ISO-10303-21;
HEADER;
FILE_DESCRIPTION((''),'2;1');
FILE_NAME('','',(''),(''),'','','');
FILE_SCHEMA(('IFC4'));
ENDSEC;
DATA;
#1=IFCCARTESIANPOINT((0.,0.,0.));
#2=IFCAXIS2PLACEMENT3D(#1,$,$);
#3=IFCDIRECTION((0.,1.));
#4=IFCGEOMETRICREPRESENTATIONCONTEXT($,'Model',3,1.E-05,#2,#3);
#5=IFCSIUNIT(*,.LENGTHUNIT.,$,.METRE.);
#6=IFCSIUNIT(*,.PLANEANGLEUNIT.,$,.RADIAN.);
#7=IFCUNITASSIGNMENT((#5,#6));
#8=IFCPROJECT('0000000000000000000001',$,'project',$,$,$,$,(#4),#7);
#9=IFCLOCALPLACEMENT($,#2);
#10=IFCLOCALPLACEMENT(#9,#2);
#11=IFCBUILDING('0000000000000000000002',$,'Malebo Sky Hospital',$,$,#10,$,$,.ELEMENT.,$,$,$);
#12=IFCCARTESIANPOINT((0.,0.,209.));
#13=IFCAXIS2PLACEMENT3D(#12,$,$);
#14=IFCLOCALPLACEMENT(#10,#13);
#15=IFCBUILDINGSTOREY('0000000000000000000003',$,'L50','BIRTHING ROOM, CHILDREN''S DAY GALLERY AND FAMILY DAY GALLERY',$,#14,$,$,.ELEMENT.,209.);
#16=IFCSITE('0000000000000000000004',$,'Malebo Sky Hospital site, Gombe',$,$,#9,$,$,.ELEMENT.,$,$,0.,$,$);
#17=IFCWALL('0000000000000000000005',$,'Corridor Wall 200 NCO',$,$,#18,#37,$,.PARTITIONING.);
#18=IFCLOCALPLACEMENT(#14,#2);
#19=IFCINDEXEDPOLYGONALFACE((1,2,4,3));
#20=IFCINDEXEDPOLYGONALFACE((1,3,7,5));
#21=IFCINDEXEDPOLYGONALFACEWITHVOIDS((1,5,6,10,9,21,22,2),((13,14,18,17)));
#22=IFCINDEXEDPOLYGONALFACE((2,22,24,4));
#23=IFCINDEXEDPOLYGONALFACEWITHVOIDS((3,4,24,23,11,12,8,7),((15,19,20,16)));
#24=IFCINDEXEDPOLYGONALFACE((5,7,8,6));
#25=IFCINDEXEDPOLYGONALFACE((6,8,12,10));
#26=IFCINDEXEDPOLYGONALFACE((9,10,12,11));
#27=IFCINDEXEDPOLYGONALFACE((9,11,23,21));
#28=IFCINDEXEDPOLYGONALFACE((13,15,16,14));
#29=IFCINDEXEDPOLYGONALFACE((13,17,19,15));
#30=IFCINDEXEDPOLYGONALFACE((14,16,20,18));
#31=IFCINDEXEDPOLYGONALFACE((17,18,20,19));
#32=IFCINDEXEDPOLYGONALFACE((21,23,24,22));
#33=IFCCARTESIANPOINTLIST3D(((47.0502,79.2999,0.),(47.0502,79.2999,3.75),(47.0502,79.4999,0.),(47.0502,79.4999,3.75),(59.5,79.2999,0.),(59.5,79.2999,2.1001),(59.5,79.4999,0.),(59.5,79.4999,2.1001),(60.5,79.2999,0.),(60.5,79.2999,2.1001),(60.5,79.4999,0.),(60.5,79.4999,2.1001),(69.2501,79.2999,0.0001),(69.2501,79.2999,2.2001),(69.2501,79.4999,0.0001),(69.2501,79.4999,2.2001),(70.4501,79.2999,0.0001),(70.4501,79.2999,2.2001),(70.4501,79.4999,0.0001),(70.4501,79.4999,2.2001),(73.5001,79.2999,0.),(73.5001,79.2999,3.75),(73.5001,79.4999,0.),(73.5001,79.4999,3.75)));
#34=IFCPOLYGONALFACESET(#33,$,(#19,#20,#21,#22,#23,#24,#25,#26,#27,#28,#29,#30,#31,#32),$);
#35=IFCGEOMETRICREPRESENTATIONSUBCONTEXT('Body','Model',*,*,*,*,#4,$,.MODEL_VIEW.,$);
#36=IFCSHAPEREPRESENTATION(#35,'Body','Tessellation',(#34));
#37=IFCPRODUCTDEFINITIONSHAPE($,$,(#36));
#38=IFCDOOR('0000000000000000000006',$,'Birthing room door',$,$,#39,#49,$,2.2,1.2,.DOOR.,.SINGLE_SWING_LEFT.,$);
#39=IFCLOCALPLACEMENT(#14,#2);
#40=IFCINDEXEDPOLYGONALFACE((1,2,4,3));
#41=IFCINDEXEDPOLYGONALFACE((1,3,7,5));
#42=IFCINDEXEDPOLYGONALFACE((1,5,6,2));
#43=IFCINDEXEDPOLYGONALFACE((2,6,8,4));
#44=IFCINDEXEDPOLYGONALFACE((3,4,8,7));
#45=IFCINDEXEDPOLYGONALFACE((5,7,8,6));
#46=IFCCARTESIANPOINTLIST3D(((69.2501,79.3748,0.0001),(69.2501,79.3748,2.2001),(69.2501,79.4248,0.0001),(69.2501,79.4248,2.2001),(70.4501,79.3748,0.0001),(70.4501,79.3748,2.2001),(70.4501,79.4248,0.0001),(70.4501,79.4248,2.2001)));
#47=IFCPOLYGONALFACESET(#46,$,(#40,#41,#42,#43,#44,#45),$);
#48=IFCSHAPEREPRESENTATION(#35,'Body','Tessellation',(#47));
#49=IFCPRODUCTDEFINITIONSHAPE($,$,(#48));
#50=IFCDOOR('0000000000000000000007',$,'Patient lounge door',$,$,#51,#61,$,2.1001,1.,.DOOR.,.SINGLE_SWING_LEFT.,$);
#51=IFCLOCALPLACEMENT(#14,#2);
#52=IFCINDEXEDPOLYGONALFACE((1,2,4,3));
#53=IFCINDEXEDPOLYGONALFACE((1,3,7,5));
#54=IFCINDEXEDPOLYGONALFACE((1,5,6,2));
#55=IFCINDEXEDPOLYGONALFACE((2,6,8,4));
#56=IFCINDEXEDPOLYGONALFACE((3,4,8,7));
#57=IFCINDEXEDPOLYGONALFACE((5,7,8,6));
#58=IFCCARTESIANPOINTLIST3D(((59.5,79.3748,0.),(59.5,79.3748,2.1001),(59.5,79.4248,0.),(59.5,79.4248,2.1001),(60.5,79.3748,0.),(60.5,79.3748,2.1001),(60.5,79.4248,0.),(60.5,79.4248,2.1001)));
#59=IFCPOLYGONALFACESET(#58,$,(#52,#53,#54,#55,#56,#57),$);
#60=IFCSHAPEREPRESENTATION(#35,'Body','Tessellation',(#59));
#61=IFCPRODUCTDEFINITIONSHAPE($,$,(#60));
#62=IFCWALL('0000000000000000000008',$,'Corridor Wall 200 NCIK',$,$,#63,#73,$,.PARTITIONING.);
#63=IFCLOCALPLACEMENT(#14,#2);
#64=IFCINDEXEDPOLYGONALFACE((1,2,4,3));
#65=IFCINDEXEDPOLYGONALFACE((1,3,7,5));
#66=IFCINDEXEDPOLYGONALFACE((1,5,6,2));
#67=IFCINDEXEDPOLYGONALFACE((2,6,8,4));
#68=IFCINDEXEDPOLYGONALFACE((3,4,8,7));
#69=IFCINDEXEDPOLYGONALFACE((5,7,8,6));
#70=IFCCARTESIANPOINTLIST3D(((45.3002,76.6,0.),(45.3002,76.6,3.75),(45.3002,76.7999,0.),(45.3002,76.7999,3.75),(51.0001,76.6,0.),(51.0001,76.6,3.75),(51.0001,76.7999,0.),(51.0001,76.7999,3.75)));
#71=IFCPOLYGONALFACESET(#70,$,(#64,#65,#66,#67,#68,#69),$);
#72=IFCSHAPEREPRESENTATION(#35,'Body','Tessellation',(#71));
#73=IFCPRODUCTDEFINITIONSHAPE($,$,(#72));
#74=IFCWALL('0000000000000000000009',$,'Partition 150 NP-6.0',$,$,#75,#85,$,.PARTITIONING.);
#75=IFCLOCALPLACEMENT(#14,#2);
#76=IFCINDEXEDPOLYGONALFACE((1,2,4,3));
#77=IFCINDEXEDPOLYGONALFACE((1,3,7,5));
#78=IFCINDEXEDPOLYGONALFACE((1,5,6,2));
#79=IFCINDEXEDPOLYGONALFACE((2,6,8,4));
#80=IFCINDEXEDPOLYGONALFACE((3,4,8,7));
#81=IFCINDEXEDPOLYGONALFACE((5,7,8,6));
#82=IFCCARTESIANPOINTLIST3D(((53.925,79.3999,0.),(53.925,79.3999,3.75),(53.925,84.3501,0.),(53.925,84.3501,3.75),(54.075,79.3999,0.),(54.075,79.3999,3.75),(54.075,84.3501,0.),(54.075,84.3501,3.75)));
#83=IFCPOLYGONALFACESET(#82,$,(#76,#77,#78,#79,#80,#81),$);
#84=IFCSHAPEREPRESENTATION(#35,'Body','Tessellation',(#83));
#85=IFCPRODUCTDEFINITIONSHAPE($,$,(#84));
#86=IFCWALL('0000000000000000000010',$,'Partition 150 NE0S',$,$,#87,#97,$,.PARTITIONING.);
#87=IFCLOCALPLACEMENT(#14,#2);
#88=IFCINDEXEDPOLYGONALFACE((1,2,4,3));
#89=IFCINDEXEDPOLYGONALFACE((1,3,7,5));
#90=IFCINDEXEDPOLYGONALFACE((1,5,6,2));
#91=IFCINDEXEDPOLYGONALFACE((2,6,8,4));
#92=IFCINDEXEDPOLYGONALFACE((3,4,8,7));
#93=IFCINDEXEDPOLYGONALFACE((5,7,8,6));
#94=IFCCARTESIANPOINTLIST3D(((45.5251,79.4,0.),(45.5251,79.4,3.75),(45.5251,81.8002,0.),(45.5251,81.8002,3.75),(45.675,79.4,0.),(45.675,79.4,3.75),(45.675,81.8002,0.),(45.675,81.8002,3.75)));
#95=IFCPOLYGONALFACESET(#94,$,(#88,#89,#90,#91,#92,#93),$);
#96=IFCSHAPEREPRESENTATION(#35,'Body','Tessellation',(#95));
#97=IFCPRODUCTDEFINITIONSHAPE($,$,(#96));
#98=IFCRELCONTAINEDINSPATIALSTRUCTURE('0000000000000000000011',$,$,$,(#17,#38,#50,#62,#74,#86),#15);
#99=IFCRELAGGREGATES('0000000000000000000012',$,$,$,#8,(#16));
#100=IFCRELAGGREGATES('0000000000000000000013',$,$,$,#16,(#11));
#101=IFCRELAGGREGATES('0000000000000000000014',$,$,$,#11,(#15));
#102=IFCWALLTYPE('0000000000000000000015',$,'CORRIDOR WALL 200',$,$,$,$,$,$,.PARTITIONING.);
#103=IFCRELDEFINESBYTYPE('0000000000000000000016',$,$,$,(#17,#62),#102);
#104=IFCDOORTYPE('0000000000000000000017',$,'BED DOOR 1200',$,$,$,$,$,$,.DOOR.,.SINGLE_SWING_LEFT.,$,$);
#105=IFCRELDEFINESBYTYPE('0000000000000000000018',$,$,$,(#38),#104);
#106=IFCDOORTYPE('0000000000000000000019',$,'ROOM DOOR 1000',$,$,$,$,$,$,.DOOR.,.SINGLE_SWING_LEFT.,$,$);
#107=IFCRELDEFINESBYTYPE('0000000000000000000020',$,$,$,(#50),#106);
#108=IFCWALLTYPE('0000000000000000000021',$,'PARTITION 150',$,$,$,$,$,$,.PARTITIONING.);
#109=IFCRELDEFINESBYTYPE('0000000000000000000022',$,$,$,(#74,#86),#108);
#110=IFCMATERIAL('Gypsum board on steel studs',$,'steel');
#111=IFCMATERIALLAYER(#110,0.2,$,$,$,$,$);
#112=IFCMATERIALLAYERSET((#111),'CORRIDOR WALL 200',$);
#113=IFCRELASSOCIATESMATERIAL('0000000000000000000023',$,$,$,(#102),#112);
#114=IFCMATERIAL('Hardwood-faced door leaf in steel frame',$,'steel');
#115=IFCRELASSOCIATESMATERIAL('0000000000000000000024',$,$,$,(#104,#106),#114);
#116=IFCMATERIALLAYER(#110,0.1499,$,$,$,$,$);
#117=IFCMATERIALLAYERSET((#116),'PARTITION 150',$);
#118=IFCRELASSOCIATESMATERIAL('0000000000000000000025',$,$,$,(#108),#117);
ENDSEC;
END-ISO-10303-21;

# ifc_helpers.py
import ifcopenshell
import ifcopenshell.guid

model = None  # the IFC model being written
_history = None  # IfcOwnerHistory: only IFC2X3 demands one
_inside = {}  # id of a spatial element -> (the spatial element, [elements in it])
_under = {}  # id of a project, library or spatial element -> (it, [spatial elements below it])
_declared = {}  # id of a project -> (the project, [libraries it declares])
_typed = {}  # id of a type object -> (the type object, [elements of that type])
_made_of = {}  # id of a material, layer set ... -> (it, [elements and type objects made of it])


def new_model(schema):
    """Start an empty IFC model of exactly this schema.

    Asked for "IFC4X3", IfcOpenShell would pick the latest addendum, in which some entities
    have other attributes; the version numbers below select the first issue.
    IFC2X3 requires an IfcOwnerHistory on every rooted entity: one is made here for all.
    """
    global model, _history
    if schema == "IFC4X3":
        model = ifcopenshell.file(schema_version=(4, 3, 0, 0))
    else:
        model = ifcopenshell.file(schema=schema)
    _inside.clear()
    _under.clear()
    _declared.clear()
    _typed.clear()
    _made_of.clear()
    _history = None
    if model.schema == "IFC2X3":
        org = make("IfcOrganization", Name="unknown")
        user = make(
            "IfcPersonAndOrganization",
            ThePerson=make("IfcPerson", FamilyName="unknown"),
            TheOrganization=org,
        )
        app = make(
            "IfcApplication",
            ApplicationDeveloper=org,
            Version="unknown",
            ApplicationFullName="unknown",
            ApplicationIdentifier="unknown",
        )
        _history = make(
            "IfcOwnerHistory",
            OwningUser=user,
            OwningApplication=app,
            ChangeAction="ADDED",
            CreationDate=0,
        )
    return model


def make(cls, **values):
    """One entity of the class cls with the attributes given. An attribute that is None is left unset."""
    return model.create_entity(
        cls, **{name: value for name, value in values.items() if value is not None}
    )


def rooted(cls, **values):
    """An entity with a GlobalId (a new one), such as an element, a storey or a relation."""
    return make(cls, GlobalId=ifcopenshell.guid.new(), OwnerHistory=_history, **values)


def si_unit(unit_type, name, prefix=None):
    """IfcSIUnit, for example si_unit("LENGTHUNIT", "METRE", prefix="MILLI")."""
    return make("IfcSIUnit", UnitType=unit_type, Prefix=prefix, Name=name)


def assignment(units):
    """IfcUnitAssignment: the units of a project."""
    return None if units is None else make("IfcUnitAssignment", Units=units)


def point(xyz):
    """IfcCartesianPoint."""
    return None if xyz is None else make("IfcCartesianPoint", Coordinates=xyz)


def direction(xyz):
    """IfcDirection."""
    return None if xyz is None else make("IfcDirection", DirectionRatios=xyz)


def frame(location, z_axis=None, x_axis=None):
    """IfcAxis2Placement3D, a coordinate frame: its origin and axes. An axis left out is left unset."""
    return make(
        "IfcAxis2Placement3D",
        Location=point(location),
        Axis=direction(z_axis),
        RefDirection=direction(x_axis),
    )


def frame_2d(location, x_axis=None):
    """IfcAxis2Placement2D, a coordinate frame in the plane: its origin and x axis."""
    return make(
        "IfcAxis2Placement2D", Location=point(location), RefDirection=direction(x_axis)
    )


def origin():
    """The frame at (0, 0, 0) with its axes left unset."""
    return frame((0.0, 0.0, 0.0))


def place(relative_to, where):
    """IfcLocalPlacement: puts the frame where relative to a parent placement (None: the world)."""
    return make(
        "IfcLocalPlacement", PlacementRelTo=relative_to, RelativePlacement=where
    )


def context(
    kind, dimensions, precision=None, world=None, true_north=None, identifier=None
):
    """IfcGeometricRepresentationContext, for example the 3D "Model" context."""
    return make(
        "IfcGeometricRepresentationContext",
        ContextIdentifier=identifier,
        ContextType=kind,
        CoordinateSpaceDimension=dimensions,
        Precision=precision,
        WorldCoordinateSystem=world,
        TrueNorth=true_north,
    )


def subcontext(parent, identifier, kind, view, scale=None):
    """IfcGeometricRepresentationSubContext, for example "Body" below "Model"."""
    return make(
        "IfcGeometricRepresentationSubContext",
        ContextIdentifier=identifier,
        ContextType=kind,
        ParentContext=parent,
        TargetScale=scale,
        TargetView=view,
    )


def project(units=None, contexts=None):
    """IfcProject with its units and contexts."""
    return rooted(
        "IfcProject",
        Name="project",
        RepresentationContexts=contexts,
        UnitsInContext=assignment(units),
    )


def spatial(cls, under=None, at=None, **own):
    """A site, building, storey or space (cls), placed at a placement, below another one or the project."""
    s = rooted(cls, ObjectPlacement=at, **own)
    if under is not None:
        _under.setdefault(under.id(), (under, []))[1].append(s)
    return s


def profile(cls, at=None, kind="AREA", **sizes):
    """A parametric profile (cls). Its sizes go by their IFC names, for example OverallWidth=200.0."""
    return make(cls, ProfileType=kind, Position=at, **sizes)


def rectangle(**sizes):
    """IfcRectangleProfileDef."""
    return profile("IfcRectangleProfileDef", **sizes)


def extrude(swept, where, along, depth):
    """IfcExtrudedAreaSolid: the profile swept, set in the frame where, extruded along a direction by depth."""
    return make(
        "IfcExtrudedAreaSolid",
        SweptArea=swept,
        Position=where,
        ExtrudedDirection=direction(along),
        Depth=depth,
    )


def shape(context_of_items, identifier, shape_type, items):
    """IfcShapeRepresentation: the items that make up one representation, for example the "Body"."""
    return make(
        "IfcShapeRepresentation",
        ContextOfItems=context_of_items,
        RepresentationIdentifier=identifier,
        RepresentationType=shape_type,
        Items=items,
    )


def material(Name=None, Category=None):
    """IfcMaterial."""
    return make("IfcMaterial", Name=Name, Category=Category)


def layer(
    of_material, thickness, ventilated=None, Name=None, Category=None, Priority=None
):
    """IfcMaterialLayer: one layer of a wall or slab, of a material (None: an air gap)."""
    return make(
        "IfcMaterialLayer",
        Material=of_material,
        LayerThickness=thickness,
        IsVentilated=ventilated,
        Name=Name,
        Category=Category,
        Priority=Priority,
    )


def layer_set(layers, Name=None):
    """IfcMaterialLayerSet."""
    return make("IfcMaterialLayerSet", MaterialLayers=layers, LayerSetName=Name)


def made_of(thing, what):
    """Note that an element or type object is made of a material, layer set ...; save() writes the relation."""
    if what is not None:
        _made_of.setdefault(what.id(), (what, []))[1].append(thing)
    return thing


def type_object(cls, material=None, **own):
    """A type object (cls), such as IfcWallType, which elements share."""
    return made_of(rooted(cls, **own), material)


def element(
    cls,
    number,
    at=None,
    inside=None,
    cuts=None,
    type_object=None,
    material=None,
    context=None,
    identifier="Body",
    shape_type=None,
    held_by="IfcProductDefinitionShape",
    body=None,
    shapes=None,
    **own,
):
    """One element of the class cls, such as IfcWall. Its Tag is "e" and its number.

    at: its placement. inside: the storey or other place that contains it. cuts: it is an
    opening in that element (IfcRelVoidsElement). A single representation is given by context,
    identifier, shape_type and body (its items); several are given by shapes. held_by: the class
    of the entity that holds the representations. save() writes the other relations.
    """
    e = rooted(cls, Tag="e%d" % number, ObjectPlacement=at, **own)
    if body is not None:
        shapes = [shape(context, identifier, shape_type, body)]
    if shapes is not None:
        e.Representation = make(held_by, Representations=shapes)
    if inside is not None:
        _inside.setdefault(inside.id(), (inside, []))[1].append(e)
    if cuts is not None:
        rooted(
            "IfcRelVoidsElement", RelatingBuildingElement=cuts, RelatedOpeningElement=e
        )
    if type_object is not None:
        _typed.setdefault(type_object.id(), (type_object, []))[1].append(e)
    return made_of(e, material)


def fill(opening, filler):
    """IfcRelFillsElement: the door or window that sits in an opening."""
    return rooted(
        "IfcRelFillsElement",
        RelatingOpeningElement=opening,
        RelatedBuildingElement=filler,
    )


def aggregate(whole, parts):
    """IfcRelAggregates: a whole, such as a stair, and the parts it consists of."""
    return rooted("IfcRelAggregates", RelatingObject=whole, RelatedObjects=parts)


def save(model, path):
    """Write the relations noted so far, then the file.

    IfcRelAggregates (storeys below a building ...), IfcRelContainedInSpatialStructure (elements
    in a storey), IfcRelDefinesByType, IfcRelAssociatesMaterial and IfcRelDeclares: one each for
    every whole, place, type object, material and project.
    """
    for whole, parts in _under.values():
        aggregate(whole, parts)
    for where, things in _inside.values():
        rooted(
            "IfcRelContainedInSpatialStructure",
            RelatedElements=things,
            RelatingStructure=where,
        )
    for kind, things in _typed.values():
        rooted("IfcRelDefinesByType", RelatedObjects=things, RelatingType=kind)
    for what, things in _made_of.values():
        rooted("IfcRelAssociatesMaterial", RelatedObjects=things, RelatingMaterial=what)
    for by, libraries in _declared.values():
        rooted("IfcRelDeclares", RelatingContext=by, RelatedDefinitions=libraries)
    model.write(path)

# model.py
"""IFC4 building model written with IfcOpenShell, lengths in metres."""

from ifc_helpers import new_model, si_unit, direction, frame, frame_2d, origin, place, context, subcontext, project, spatial, rectangle, extrude, material, layer, layer_set, type_object, element, fill, save


model = new_model("IFC4")

# Units and contexts
model_context = context("Model", 3, precision=1e-05, world=origin(), true_north=direction((0.0, 1.0)))
body_context = subcontext(model_context, "Body", "Model", "MODEL_VIEW")
ifc_project = project(units=[si_unit("LENGTHUNIT", "METRE"), si_unit("PLANEANGLEUNIT", "RADIAN")], contexts=[model_context])

# Site, building, storey
site_placement = place(None, origin())
site = spatial("IfcSite", under=ifc_project, at=site_placement, Name="Malebo Sky Hospital site, Gombe", CompositionType="ELEMENT", RefElevation=0.0)
building_placement = place(site_placement, origin())
building = spatial("IfcBuilding", under=site, at=building_placement, Name="Malebo Sky Hospital", CompositionType="ELEMENT")
storey_placement = place(building_placement, frame((0.0, 0.0, 209.0)))
storey = spatial("IfcBuildingStorey", under=building, at=storey_placement, Name="L50", Description="BIRTHING ROOM, CHILDREN'S DAY GALLERY AND FAMILY DAY GALLERY", CompositionType="ELEMENT", Elevation=209.0)

# Wall, openings, doors
ifc_material_1 = material(Name="Gypsum board on steel studs", Category="steel")
ifc_layer_1 = layer(ifc_material_1, 0.2)
ifc_layer_set_1 = layer_set([ifc_layer_1], Name="CORRIDOR WALL 200")
wall_type_1 = type_object("IfcWallType", Name="CORRIDOR WALL 200", PredefinedType="PARTITIONING", material=ifc_layer_set_1)
wall_1_placement = place(storey_placement, frame((47.05, 79.3999, 0.0), z_axis=(0.0, 0.0, 1.0), x_axis=(1.0, 0.0, 0.0)))
wall_1 = element("IfcWall", 1, at=wall_1_placement, inside=storey, type_object=wall_type_1, Name="Corridor Wall 200 NCO", PredefinedType="PARTITIONING", context=body_context, shape_type="SweptSolid", body=[
    extrude(rectangle(XDim=26.45, YDim=0.2, at=frame_2d((13.2251, 0.0))), origin(), (0.0, 0.0, 1.0), 3.75),
])
opening_1_placement = place(wall_1_placement, frame((12.45, 0.0, 0.0)))
opening_1 = element("IfcOpeningElement", 2, at=opening_1_placement, cuts=wall_1, PredefinedType="OPENING", context=body_context, shape_type="SweptSolid", body=[
    extrude(rectangle(XDim=1.0, YDim=2.1001, at=frame_2d((0.5, 1.05))), frame((0.0, 0.1099, 0.0), z_axis=(0.0, -1.0, 0.0), x_axis=(1.0, 0.0, 0.0)), (0.0, 0.0, 1.0), 0.22),
])
opening_2_placement = place(wall_1_placement, frame((22.2, 0.0, 0.0)))
opening_2 = element("IfcOpeningElement", 3, at=opening_2_placement, cuts=wall_1, PredefinedType="OPENING", context=body_context, shape_type="SweptSolid", body=[
    extrude(rectangle(XDim=1.2, YDim=2.2, at=frame_2d((0.6001, 1.1001))), frame((0.0, 0.1099, 0.0), z_axis=(0.0, -1.0, 0.0), x_axis=(1.0, 0.0, 0.0)), (0.0, 0.0, 1.0), 0.22),
])
ifc_material_2 = material(Name="Hardwood-faced door leaf in steel frame", Category="steel")
door_type_1 = type_object("IfcDoorType", Name="BED DOOR 1200", OperationType="SINGLE_SWING_LEFT", PredefinedType="DOOR", material=ifc_material_2)
door_1_placement = place(opening_2_placement, origin())
door_1 = element("IfcDoor", 4, at=door_1_placement, inside=storey, type_object=door_type_1, Name="Birthing room door", OperationType="SINGLE_SWING_LEFT", OverallHeight=2.2, OverallWidth=1.2, PredefinedType="DOOR", context=body_context, shape_type="SweptSolid", body=[
    extrude(rectangle(XDim=1.2, YDim=2.2, at=frame_2d((0.6001, 1.1001))), frame((0.0, 0.0249, 0.0), z_axis=(0.0, -1.0, 0.0), x_axis=(1.0, 0.0, 0.0)), (0.0, 0.0, 1.0), 0.05),
])
fill(opening_2, door_1)
door_type_2 = type_object("IfcDoorType", Name="ROOM DOOR 1000", OperationType="SINGLE_SWING_LEFT", PredefinedType="DOOR", material=ifc_material_2)
door_2_placement = place(opening_1_placement, origin())
door_2 = element("IfcDoor", 5, at=door_2_placement, inside=storey, type_object=door_type_2, Name="Patient lounge door", OperationType="SINGLE_SWING_LEFT", OverallHeight=2.1001, OverallWidth=1.0, PredefinedType="DOOR", context=body_context, shape_type="SweptSolid", body=[
    extrude(rectangle(XDim=1.0, YDim=2.1001, at=frame_2d((0.5, 1.05))), frame((0.0, 0.0249, 0.0), z_axis=(0.0, -1.0, 0.0), x_axis=(1.0, 0.0, 0.0)), (0.0, 0.0, 1.0), 0.05),
])
fill(opening_1, door_2)

# Walls
wall_2_placement = place(storey_placement, frame((45.3, 76.7, 0.0), z_axis=(0.0, 0.0, 1.0), x_axis=(1.0, 0.0, 0.0)))
element("IfcWall", 6, at=wall_2_placement, inside=storey, type_object=wall_type_1, Name="Corridor Wall 200 NCIK", PredefinedType="PARTITIONING", context=body_context, shape_type="SweptSolid", body=[
    extrude(rectangle(XDim=5.7, YDim=0.2, at=frame_2d((2.8501, 0.0))), origin(), (0.0, 0.0, 1.0), 3.75),
])
ifc_layer_2 = layer(ifc_material_1, 0.1499)
ifc_layer_set_2 = layer_set([ifc_layer_2], Name="PARTITION 150")
wall_type_2 = type_object("IfcWallType", Name="PARTITION 150", PredefinedType="PARTITIONING", material=ifc_layer_set_2)
wall_3_placement = place(storey_placement, frame((54.0, 79.3999, 0.0), z_axis=(0.0, 0.0, 1.0), x_axis=(0.0, 1.0, 0.0)))
element("IfcWall", 7, at=wall_3_placement, inside=storey, type_object=wall_type_2, Name="Partition 150 NP-6.0", PredefinedType="PARTITIONING", context=body_context, shape_type="SweptSolid", body=[
    extrude(rectangle(XDim=4.9502, YDim=0.1499, at=frame_2d((2.4751, 0.0))), origin(), (0.0, 0.0, 1.0), 3.75),
])
wall_4_placement = place(storey_placement, frame((45.6001, 79.3999, 0.0), z_axis=(0.0, 0.0, 1.0), x_axis=(0.0, 1.0, 0.0)))
element("IfcWall", 8, at=wall_4_placement, inside=storey, type_object=wall_type_2, Name="Partition 150 NE0S", PredefinedType="PARTITIONING", context=body_context, shape_type="SweptSolid", body=[
    extrude(rectangle(XDim=2.4001, YDim=0.1499, at=frame_2d((1.2002, 0.0))), origin(), (0.0, 0.0, 1.0), 3.75),
])

save(model, "model.ifc")
